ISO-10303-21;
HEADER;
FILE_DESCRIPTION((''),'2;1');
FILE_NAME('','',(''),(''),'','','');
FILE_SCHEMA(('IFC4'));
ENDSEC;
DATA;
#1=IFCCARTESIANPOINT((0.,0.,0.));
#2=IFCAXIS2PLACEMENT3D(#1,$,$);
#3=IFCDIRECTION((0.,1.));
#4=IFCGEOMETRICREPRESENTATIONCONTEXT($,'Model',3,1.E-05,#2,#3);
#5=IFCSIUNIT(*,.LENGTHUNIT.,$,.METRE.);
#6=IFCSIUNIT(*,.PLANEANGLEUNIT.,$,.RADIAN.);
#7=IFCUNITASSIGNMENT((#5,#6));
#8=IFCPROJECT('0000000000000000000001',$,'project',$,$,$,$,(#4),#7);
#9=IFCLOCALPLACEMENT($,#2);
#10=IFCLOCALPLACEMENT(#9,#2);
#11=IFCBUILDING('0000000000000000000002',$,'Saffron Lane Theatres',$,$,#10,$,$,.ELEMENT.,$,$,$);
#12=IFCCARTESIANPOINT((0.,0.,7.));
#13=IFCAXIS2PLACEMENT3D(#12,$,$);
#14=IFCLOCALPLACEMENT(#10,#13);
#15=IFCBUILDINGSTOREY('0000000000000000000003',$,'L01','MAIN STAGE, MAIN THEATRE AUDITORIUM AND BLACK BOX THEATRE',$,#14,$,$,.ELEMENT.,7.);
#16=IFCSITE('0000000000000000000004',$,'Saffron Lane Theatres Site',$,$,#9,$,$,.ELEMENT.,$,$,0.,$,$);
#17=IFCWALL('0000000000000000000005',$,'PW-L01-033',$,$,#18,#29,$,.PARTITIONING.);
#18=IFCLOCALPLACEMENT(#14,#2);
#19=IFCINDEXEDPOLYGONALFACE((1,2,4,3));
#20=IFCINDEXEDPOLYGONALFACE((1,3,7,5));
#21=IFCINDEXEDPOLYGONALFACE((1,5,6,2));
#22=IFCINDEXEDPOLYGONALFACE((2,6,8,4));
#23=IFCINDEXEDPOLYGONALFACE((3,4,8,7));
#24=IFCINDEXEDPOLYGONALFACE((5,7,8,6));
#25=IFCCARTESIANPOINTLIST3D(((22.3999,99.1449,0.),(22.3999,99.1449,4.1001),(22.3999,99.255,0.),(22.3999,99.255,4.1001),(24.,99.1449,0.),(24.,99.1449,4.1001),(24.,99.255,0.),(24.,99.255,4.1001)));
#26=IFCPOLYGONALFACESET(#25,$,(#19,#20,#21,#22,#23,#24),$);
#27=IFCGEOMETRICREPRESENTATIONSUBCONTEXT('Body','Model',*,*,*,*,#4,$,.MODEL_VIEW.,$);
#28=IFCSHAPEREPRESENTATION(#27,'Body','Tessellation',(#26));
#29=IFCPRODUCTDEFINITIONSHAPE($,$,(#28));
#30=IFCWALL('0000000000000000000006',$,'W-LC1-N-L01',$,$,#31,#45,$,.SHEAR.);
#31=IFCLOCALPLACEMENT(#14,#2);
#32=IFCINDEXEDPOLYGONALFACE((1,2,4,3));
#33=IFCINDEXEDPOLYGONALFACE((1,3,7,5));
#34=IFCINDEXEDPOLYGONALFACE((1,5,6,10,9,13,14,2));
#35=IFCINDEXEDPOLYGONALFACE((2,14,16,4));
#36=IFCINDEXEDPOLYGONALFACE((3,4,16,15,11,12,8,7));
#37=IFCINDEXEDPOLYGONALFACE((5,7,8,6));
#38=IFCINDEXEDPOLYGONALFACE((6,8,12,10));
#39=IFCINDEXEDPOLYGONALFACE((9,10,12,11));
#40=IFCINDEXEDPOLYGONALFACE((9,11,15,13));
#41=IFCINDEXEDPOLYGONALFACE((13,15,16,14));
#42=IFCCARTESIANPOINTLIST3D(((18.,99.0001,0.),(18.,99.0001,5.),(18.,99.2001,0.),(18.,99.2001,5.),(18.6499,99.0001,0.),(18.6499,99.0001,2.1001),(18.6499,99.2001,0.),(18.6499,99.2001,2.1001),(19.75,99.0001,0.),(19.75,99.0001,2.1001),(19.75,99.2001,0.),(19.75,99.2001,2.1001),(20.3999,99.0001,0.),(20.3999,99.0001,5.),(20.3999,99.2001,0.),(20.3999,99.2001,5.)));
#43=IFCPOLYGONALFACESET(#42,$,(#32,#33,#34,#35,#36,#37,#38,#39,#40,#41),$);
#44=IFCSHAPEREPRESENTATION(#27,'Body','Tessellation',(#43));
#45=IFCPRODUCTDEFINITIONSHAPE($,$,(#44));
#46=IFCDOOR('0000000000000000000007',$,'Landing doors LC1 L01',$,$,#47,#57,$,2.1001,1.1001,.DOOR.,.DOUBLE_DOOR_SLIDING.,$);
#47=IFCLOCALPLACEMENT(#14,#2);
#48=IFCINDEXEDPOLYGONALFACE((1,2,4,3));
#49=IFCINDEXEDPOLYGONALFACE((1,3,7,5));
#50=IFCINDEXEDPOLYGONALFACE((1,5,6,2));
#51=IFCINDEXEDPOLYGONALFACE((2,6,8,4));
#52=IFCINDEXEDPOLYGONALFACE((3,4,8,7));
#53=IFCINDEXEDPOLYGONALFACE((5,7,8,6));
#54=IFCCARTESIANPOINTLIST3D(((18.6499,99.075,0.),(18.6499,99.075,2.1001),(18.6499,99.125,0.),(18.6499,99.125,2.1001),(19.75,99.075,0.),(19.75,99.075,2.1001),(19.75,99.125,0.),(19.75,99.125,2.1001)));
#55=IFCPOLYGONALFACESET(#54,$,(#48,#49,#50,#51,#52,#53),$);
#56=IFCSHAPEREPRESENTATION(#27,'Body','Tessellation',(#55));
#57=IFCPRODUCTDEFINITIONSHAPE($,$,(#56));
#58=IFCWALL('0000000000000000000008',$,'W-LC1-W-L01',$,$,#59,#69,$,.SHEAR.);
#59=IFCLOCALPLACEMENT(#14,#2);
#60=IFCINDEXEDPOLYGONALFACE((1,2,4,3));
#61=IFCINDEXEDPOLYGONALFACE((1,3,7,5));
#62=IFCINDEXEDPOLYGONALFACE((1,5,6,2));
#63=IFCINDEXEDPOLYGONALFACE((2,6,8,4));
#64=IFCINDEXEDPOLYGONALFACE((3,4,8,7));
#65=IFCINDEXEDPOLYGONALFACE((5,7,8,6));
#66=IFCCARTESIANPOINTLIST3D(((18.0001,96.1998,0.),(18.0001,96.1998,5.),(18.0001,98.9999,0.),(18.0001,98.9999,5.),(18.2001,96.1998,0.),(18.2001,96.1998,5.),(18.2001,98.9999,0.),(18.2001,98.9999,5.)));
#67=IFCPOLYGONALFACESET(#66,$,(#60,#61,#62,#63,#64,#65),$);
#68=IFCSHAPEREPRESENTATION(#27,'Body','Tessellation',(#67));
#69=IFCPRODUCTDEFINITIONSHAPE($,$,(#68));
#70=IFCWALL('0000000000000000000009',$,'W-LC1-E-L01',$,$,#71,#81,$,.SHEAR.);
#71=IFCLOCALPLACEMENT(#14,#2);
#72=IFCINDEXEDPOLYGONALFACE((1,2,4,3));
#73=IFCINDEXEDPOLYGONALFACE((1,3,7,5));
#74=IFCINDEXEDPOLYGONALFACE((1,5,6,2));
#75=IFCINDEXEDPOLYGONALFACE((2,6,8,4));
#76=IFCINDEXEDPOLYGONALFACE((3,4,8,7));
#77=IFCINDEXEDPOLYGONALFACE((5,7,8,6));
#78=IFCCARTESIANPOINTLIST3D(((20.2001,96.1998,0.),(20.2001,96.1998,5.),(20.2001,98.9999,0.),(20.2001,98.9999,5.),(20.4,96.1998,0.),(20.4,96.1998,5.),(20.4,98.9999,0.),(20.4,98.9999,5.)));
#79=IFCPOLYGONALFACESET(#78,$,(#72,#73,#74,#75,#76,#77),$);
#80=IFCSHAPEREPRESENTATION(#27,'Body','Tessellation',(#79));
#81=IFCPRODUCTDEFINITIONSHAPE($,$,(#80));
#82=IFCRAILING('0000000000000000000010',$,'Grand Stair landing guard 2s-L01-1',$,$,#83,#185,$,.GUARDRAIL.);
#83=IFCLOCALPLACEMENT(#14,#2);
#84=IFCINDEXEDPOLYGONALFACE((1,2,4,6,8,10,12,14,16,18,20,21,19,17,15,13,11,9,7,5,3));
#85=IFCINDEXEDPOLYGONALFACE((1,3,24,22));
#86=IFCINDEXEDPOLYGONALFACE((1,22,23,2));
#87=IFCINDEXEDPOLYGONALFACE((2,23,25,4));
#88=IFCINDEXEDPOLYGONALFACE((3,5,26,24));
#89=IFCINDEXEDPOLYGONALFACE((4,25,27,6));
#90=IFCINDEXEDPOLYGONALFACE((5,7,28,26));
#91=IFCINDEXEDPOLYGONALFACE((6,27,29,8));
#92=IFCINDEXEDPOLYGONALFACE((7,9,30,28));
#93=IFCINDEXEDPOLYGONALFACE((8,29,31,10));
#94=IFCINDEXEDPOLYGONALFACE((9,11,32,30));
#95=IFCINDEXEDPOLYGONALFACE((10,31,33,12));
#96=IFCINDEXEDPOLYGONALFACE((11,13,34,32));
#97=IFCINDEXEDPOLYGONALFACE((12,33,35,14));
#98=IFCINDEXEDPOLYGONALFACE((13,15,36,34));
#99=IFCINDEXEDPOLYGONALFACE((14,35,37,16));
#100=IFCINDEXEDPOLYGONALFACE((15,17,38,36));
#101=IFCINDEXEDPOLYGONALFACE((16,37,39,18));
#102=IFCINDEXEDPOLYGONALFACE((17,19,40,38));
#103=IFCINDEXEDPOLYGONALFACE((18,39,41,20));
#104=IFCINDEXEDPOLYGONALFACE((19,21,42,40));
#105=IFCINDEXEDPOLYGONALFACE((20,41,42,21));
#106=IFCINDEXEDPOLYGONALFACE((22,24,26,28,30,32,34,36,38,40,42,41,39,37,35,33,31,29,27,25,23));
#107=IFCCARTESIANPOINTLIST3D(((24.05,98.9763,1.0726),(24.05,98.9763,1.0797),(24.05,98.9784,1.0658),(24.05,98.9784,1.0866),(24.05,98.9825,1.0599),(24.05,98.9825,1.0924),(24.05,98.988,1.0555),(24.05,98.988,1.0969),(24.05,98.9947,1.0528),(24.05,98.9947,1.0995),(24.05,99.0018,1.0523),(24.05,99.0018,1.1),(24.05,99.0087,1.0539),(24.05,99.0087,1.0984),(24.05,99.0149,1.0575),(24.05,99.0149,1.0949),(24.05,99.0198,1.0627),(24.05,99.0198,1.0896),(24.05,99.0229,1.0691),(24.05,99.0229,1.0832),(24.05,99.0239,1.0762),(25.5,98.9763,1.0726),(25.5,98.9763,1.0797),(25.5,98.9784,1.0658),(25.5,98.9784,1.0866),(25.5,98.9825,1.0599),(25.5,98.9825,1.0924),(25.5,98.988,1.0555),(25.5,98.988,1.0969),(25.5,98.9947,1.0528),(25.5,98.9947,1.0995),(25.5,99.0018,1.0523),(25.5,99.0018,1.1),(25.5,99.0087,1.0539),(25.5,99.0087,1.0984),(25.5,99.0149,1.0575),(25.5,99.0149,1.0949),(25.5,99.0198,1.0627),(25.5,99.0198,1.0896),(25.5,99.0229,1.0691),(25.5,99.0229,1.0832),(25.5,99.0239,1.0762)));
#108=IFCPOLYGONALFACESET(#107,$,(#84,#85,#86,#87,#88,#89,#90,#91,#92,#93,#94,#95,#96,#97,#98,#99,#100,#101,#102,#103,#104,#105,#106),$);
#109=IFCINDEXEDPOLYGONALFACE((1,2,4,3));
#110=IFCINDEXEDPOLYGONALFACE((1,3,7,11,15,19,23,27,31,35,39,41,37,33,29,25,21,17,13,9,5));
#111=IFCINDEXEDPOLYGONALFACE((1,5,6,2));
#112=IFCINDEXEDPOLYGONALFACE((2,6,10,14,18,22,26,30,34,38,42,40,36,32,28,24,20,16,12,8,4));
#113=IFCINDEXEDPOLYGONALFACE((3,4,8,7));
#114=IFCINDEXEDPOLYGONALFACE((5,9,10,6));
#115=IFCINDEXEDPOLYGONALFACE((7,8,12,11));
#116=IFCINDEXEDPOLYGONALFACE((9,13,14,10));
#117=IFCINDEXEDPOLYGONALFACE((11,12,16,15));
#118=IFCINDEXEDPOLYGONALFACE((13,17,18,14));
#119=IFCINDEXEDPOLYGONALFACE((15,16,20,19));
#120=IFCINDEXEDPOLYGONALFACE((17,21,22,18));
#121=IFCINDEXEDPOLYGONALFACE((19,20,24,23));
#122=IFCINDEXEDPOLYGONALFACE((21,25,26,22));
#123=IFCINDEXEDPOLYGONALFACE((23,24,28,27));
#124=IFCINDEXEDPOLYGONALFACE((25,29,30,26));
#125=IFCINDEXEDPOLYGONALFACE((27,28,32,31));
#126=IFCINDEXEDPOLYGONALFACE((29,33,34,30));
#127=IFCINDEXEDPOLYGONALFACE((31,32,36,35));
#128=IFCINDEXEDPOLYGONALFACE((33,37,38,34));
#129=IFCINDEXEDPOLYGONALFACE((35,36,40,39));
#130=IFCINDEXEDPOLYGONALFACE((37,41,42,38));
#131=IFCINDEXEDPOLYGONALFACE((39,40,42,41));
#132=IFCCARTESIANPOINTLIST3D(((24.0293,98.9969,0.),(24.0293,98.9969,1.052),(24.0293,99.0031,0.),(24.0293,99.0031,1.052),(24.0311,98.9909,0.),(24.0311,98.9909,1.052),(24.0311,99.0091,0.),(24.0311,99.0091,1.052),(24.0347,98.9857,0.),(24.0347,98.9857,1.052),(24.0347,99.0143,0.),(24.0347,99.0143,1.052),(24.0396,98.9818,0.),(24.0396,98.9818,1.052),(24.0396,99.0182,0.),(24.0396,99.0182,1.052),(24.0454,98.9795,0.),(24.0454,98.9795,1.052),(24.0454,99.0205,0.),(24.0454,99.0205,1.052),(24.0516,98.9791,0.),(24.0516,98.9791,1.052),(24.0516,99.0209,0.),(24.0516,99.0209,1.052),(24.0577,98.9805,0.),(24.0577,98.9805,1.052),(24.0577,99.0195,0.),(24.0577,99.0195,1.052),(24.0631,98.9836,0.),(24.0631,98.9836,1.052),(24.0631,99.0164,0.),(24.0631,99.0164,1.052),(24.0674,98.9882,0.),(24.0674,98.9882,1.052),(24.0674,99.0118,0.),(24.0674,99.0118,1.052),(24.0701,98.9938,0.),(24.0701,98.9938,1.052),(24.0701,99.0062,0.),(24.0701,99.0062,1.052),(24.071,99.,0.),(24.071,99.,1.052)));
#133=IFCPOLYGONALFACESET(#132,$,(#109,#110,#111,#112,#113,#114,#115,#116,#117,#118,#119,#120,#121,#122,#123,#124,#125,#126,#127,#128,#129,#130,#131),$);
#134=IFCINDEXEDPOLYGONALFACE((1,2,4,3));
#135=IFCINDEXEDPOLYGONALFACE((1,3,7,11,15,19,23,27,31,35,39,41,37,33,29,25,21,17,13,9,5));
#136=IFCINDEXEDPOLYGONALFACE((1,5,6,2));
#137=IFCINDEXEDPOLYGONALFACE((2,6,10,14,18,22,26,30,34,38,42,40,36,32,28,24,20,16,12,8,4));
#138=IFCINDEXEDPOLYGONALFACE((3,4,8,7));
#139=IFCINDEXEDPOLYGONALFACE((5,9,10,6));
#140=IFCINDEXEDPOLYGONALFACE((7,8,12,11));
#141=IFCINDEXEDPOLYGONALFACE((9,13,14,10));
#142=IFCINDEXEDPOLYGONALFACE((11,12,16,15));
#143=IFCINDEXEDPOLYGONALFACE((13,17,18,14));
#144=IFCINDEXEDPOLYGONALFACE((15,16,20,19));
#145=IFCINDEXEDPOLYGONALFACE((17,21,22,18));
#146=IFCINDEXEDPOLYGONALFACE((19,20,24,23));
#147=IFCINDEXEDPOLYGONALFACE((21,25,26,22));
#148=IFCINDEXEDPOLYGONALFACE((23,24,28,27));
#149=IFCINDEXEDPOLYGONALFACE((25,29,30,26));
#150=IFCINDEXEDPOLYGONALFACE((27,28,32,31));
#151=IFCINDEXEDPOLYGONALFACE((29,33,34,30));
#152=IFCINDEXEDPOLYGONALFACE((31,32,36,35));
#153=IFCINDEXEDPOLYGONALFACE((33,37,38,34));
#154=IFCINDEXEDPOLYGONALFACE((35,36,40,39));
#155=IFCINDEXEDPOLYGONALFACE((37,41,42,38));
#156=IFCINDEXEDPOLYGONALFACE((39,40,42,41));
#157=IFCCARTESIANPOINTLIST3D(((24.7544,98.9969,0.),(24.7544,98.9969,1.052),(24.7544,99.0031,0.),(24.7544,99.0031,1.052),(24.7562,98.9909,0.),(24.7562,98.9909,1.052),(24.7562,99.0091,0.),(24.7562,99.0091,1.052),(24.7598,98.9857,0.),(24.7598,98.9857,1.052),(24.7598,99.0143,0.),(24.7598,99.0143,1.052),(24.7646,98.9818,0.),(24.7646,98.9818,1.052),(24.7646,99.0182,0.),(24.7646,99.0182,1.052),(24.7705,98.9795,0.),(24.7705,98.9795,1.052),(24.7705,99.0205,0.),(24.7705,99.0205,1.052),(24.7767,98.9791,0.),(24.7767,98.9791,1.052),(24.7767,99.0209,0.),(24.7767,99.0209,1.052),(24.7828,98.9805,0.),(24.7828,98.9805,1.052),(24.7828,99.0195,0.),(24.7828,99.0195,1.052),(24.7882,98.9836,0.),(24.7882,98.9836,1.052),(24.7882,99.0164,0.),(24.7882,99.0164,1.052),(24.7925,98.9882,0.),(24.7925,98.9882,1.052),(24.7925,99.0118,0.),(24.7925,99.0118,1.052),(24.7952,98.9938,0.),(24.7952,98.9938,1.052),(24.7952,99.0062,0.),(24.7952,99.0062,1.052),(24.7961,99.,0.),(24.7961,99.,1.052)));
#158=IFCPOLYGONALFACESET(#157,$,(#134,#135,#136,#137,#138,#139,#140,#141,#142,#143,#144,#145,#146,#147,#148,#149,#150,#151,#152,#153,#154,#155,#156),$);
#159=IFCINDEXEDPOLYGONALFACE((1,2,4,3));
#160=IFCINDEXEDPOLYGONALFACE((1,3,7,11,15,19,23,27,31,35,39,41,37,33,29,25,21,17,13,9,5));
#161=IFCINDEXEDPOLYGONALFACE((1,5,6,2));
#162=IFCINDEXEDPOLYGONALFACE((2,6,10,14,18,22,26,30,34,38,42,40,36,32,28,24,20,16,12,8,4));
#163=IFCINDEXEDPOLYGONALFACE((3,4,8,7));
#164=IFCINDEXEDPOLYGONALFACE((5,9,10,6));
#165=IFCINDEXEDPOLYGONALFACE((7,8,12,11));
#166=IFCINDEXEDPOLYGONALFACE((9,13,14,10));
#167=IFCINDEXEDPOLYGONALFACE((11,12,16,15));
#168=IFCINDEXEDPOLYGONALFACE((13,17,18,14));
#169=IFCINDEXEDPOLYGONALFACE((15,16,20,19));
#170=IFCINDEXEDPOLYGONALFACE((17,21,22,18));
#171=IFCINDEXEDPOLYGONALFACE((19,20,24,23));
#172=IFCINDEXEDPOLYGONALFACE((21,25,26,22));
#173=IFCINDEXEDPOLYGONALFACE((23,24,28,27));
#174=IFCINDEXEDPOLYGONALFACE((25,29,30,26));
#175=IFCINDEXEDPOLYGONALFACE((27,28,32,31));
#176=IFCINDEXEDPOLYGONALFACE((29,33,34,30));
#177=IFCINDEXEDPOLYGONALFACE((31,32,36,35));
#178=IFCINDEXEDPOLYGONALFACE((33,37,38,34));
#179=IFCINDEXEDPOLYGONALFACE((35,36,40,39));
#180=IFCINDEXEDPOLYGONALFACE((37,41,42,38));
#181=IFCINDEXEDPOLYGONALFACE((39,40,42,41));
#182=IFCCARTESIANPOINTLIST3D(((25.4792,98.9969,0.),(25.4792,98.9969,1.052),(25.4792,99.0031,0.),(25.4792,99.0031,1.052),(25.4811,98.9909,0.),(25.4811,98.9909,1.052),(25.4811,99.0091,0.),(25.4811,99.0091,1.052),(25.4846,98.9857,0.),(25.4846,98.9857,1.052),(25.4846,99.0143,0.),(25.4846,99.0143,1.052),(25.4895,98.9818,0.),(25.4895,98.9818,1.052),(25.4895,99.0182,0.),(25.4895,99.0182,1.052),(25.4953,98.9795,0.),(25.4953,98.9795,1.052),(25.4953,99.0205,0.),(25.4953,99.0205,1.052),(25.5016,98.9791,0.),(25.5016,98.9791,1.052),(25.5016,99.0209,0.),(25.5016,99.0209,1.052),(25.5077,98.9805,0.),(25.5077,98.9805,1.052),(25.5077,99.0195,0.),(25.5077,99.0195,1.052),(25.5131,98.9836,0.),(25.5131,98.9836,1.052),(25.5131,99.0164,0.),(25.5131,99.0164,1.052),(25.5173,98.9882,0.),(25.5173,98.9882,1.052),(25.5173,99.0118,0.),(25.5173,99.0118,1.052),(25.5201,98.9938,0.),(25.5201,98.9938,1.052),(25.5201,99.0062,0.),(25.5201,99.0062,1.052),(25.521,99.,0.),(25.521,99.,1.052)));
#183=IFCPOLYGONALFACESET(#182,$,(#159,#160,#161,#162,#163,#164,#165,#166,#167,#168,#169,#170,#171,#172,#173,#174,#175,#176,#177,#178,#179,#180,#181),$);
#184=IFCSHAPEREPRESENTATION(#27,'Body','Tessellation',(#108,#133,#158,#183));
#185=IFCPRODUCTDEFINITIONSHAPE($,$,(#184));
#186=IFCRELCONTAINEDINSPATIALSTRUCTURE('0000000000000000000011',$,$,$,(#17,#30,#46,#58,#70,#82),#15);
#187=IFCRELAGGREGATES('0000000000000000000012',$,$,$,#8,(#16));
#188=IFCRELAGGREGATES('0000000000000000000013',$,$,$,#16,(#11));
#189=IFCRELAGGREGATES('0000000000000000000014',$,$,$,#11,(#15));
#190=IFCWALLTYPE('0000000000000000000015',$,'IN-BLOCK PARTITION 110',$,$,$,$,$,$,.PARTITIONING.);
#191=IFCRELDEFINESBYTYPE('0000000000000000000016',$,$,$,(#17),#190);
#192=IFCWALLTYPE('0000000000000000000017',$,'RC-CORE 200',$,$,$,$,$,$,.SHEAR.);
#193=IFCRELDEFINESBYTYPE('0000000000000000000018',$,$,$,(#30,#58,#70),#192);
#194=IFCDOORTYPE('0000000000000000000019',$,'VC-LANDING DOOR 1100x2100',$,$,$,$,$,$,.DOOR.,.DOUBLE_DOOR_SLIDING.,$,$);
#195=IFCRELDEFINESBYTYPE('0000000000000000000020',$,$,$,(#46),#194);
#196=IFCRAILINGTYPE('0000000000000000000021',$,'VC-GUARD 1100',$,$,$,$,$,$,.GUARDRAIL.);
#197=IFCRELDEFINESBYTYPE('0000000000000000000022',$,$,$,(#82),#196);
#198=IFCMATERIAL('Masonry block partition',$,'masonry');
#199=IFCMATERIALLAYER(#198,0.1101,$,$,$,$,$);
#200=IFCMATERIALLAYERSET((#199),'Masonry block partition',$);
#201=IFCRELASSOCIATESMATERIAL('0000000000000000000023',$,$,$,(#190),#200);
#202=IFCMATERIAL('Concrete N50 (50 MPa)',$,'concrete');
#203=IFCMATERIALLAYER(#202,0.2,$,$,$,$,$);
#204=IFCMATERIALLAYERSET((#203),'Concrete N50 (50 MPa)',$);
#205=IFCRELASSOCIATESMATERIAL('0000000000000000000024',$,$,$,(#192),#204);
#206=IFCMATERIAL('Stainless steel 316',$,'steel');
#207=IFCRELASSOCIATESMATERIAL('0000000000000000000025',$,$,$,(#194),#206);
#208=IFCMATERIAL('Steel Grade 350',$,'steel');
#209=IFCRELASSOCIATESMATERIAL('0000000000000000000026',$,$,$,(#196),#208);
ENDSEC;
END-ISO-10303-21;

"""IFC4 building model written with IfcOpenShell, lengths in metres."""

from ifc_helpers import new_model, si_unit, direction, frame, frame_2d, origin, origin_2d, place, context, subcontext, project, spatial, rectangle, circle, extrude, material, layer, layer_set, type_object, element, fill, save


model = new_model("IFC4")

# Units and contexts
model_context = context("Model", 3, precision=1e-05, world=origin(), true_north=direction((0.0, 1.0)))
body_context = subcontext(model_context, "Body", "Model", "MODEL_VIEW")
ifc_project = project(units=[si_unit("LENGTHUNIT", "METRE"), si_unit("PLANEANGLEUNIT", "RADIAN")], contexts=[model_context])

# Site, building, storey
site_placement = place(None, origin())
site = spatial("IfcSite", under=ifc_project, at=site_placement, Name="Saffron Lane Theatres Site", CompositionType="ELEMENT", RefElevation=0.0)
building_placement = place(site_placement, origin())
building = spatial("IfcBuilding", under=site, at=building_placement, Name="Saffron Lane Theatres", CompositionType="ELEMENT")
storey_placement = place(building_placement, frame((0.0, 0.0, 7.0)))
storey = spatial("IfcBuildingStorey", under=building, at=storey_placement, Name="L01", Description="MAIN STAGE, MAIN THEATRE AUDITORIUM AND BLACK BOX THEATRE", CompositionType="ELEMENT", Elevation=7.0)

# Wall
ifc_material_1 = material(Name="Masonry block partition", Category="masonry")
ifc_layer_1 = layer(ifc_material_1, 0.1101)
ifc_layer_set_1 = layer_set([ifc_layer_1], Name="Masonry block partition")
wall_type_1 = type_object("IfcWallType", Name="IN-BLOCK PARTITION 110", PredefinedType="PARTITIONING", material=ifc_layer_set_1)
wall_1_placement = place(storey_placement, frame((22.3999, 99.2, 0.0), z_axis=(0.0, 0.0, 1.0), x_axis=(1.0, 0.0, 0.0)))
element("IfcWall", 1, at=wall_1_placement, inside=storey, type_object=wall_type_1, Name="PW-L01-033", PredefinedType="PARTITIONING", context=body_context, shape_type="SweptSolid", body=[
    extrude(rectangle(XDim=1.6001, YDim=0.1101, at=frame_2d((0.8, 0.0))), origin(), (0.0, 0.0, 1.0), 4.1001),
])

# Wall, opening, door
ifc_material_2 = material(Name="Concrete N50 (50 MPa)", Category="concrete")
ifc_layer_2 = layer(ifc_material_2, 0.2)
ifc_layer_set_2 = layer_set([ifc_layer_2], Name="Concrete N50 (50 MPa)")
wall_type_2 = type_object("IfcWallType", Name="RC-CORE 200", PredefinedType="SHEAR", material=ifc_layer_set_2)
wall_2_placement = place(storey_placement, frame((18.0, 99.1001, 0.0), z_axis=(0.0, 0.0, 1.0), x_axis=(1.0, 0.0, 0.0)))
wall_2 = element("IfcWall", 2, at=wall_2_placement, inside=storey, type_object=wall_type_2, Name="W-LC1-N-L01", PredefinedType="SHEAR", context=body_context, shape_type="SweptSolid", body=[
    extrude(rectangle(XDim=2.3999, YDim=0.2, at=frame_2d((1.2, 0.0))), origin(), (0.0, 0.0, 1.0), 5.0),
])
opening_placement = place(wall_2_placement, frame((0.6499, 0.0, 0.0)))
opening = element("IfcOpeningElement", 3, at=opening_placement, cuts=wall_2, PredefinedType="OPENING", context=body_context, shape_type="SweptSolid", body=[
    extrude(rectangle(XDim=1.1001, YDim=2.1001, at=frame_2d((0.55, 1.05))), frame((0.0, 0.1099, 0.0), z_axis=(0.0, -1.0, 0.0), x_axis=(1.0, 0.0, 0.0)), (0.0, 0.0, 1.0), 0.22),
])
ifc_material_3 = material(Name="Stainless steel 316", Category="steel")
door_type = type_object("IfcDoorType", Name="VC-LANDING DOOR 1100x2100", OperationType="DOUBLE_DOOR_SLIDING", PredefinedType="DOOR", material=ifc_material_3)
door_placement = place(opening_placement, origin())
door = element("IfcDoor", 4, at=door_placement, inside=storey, type_object=door_type, Name="Landing doors LC1 L01", OperationType="DOUBLE_DOOR_SLIDING", OverallHeight=2.1001, OverallWidth=1.1001, PredefinedType="DOOR", context=body_context, shape_type="SweptSolid", body=[
    extrude(rectangle(XDim=1.1001, YDim=2.1001, at=frame_2d((0.55, 1.05))), frame((0.0, 0.0249, 0.0), z_axis=(0.0, -1.0, 0.0), x_axis=(1.0, 0.0, 0.0)), (0.0, 0.0, 1.0), 0.05),
])
fill(opening, door)

# Walls
for number, where, z_axis, x_axis, name in (
    (5, (18.1001, 96.2, 0.0), (0.0, 0.0, 1.0), (0.0, 1.0, 0.0), "W-LC1-W-L01"),
    (6, (20.3, 96.2, 0.0), (0.0, 0.0, 1.0), (0.0, 1.0, 0.0), "W-LC1-E-L01"),
):
    element("IfcWall", number, at=place(storey_placement, frame(where, z_axis=z_axis, x_axis=x_axis)), inside=storey, type_object=wall_type_2, Name=name, PredefinedType="SHEAR", context=body_context, shape_type="SweptSolid", body=[
        extrude(rectangle(XDim=2.8, YDim=0.2, at=frame_2d((1.3999, 0.0))), origin(), (0.0, 0.0, 1.0), 5.0),
    ])

# Railing
ifc_material_4 = material(Name="Steel Grade 350", Category="steel")
railing_type = type_object("IfcRailingType", Name="VC-GUARD 1100", PredefinedType="GUARDRAIL", material=ifc_material_4)
railing_1_placement = place(storey_placement, frame((24.05, 99.0, 0.0)))
element("IfcRailing", 7, at=railing_1_placement, inside=storey, type_object=railing_type, Name="Grand Stair landing guard 2s-L01-1", PredefinedType="GUARDRAIL", context=body_context, shape_type="SweptSolid", body=[
    extrude(circle(Radius=0.0239, at=origin_2d()), frame((0.0, 0.0, 1.0762), z_axis=(1.0, 0.0, 0.0), x_axis=(0.0, 1.0, 0.0)), (0.0, 0.0, 1.0), 1.45),
    extrude(circle(Radius=0.021, at=origin_2d()), origin(), (0.0, 0.0, 1.0), 1.052),
    extrude(circle(Radius=0.021, at=origin_2d()), frame((0.7251, 0.0, 0.0)), (0.0, 0.0, 1.0), 1.052),
    extrude(circle(Radius=0.021, at=origin_2d()), frame((1.45, 0.0, 0.0)), (0.0, 0.0, 1.0), 1.052),
])

save(model, "model.ifc")
